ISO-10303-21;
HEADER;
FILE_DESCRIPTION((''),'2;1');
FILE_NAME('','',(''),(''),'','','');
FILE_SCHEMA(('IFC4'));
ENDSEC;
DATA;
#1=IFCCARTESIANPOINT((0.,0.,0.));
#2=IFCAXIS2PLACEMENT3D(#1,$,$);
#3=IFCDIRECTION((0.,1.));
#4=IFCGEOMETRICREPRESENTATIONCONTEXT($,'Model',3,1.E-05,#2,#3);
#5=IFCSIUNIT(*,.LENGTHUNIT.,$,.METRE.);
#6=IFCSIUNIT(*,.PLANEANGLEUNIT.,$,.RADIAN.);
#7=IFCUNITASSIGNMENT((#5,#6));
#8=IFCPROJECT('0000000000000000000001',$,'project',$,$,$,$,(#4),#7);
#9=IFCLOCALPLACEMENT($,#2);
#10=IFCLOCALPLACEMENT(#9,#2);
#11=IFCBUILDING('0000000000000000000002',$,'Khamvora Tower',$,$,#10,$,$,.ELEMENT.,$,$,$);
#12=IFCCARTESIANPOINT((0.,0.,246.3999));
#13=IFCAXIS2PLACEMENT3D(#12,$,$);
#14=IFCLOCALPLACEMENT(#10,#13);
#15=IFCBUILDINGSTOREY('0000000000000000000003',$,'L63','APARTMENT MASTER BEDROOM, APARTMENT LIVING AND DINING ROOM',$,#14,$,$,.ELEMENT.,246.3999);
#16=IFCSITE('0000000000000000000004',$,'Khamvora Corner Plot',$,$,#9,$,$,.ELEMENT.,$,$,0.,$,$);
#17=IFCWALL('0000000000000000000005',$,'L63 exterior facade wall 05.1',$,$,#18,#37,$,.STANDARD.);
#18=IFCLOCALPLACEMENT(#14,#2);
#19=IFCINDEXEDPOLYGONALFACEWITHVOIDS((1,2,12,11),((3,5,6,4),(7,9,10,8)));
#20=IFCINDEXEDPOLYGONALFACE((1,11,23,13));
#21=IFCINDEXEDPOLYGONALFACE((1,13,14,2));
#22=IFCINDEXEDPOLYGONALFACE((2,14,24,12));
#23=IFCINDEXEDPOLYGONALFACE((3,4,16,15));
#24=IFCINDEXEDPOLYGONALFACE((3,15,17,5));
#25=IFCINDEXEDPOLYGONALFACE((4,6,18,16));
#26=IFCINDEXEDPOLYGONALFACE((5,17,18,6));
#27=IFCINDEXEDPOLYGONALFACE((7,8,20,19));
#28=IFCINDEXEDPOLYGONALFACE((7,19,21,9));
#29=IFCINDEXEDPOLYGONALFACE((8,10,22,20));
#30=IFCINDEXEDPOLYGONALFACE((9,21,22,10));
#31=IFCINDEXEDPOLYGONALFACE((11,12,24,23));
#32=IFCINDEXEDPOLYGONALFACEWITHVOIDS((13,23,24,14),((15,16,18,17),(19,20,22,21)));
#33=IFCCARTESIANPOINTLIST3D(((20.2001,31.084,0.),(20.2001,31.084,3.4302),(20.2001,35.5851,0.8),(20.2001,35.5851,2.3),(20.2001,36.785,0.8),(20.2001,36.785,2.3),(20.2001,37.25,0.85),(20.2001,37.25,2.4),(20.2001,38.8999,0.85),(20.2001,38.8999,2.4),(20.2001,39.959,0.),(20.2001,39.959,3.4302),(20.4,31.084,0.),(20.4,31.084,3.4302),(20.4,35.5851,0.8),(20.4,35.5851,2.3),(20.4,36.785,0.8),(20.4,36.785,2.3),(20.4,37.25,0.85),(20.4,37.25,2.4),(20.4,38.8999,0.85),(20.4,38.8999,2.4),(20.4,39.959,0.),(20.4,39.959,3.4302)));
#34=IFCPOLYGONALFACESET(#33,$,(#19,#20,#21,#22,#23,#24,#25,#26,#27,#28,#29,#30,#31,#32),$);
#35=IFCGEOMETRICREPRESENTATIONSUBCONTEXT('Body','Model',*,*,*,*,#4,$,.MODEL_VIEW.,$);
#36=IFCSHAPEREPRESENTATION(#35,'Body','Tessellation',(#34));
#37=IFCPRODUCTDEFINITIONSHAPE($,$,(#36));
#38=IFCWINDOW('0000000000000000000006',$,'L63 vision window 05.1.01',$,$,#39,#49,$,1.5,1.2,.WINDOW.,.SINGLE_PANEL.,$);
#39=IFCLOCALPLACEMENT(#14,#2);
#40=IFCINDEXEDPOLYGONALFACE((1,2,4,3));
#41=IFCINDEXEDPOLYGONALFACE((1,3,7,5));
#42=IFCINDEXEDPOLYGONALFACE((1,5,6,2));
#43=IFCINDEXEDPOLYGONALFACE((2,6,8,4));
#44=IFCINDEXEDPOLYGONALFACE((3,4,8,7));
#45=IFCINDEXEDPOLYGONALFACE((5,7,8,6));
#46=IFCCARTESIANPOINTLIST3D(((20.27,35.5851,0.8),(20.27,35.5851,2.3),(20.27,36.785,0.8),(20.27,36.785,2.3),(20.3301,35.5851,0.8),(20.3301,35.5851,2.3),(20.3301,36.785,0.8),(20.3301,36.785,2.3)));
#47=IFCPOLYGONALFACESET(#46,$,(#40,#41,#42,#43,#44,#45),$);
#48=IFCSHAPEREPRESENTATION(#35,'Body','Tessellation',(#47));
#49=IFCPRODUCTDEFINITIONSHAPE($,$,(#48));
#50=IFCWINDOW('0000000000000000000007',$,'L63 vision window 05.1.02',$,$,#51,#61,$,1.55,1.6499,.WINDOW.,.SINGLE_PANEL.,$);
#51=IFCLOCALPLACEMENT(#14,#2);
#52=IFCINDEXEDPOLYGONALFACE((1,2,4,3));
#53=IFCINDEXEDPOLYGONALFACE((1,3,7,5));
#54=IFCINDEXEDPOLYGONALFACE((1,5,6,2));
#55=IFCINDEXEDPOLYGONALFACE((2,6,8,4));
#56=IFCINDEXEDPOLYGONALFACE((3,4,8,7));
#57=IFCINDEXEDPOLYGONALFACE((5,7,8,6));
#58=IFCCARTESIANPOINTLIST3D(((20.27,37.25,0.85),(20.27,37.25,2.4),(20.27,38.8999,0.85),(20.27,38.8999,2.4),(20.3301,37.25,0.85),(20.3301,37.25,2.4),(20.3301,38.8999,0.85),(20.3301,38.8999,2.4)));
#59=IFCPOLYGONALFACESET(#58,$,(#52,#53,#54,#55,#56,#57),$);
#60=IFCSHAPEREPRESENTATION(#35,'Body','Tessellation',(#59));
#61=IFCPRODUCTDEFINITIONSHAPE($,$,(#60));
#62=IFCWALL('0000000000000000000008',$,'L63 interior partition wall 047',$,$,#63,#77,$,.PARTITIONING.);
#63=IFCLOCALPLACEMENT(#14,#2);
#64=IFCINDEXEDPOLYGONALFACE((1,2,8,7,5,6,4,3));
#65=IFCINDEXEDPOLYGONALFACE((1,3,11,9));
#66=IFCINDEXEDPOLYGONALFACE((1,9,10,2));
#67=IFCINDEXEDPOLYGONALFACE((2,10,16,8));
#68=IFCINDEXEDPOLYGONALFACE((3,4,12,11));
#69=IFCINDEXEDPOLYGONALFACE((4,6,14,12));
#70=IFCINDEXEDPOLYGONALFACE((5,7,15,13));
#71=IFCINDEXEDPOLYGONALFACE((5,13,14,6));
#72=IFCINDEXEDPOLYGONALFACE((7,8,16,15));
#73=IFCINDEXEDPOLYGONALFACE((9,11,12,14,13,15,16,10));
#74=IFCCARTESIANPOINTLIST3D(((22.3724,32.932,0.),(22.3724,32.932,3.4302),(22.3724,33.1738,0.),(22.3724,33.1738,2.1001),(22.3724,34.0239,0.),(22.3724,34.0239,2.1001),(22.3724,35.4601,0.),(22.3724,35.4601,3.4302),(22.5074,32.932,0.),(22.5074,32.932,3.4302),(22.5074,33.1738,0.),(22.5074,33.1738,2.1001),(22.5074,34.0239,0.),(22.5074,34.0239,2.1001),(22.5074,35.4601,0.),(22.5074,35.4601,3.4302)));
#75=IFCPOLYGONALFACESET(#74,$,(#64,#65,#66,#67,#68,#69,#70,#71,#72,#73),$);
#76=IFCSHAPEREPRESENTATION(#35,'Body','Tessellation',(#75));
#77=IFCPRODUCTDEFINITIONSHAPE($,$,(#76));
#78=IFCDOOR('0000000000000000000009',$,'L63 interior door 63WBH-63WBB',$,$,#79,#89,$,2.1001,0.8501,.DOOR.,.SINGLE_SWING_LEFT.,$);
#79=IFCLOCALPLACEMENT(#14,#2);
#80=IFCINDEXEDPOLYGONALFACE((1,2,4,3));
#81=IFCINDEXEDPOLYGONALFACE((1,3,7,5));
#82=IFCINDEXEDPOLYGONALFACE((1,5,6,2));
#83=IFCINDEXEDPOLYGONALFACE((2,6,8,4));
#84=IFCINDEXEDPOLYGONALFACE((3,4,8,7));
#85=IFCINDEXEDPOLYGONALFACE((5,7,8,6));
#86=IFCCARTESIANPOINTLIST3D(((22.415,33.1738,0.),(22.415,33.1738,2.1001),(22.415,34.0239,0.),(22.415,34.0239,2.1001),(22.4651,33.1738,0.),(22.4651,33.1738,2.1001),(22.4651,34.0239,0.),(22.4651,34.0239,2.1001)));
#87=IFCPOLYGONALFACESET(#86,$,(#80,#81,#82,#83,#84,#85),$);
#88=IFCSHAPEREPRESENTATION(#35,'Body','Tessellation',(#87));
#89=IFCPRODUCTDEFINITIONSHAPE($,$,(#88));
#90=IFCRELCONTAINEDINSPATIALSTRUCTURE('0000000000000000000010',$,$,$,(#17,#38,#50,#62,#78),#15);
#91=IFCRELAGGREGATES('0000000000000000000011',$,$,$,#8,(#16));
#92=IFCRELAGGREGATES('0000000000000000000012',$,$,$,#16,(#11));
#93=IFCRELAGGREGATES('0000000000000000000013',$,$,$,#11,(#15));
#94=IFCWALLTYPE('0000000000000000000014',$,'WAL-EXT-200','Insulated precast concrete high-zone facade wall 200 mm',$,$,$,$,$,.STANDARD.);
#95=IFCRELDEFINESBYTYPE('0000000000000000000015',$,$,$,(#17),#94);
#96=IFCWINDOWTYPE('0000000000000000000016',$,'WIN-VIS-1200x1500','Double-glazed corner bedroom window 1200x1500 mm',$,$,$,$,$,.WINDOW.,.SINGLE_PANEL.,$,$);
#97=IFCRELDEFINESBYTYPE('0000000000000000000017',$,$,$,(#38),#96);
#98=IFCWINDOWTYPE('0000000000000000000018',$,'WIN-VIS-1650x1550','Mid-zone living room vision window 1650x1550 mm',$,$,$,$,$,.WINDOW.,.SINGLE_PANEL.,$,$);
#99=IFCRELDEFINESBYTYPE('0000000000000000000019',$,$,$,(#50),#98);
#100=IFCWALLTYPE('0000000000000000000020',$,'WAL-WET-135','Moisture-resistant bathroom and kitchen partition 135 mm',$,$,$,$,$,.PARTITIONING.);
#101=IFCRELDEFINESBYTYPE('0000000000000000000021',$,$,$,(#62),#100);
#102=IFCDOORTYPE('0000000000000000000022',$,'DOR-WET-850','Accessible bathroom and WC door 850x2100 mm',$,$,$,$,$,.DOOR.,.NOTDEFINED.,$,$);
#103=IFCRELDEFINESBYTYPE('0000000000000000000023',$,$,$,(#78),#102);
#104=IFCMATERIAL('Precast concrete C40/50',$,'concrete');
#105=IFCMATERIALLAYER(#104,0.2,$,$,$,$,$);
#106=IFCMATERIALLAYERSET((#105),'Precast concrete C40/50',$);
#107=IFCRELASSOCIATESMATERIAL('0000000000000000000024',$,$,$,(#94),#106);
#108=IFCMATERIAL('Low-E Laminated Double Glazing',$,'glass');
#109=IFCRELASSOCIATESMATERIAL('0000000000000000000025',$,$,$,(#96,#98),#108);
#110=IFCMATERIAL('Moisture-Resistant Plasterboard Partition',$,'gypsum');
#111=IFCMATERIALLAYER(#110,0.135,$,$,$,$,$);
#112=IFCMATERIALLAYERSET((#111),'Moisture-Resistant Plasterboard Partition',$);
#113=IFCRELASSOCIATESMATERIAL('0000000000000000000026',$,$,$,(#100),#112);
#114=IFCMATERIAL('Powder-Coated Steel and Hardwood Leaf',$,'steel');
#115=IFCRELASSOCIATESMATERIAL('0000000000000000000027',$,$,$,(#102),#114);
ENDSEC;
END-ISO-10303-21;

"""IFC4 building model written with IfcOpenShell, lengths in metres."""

from ifc_helpers import new_model, si_unit, direction, frame, frame_2d, origin, place, context, subcontext, project, spatial, rectangle, extrude, material, layer, layer_set, type_object, element, fill, save


model = new_model("IFC4")

# Units and contexts
model_context = context("Model", 3, precision=1e-05, world=origin(), true_north=direction((0.0, 1.0)))
body_context = subcontext(model_context, "Body", "Model", "MODEL_VIEW")
ifc_project = project(units=[si_unit("LENGTHUNIT", "METRE"), si_unit("PLANEANGLEUNIT", "RADIAN")], contexts=[model_context])

# Site, building, storey
site_placement = place(None, origin())
site = spatial("IfcSite", under=ifc_project, at=site_placement, Name="Khamvora Corner Plot", CompositionType="ELEMENT", RefElevation=0.0)
building_placement = place(site_placement, origin())
building = spatial("IfcBuilding", under=site, at=building_placement, Name="Khamvora Tower", CompositionType="ELEMENT")
storey_placement = place(building_placement, frame((0.0, 0.0, 246.3999)))
storey = spatial("IfcBuildingStorey", under=building, at=storey_placement, Name="L63", Description="APARTMENT MASTER BEDROOM, APARTMENT LIVING AND DINING ROOM", CompositionType="ELEMENT", Elevation=246.3999)

# Shared definitions
ifc_material_1 = material(Name="Powder-Coated Steel and Hardwood Leaf", Category="steel")

# Shared definitions
ifc_material_2 = material(Name="Precast concrete C40/50", Category="concrete")
ifc_layer_1 = layer(ifc_material_2, 0.2)
ifc_layer_set_1 = layer_set([ifc_layer_1], Name="Precast concrete C40/50")
wall_type_1 = type_object("IfcWallType", Name="WAL-EXT-200", Description="Insulated precast concrete high-zone facade wall 200 mm", PredefinedType="STANDARD", material=ifc_layer_set_1)

# Wall, openings, windows
wall_1_placement = place(storey_placement, frame((20.3, 31.084, 0.0), z_axis=(0.0, 0.0, 1.0), x_axis=(0.0, 1.0, 0.0)))
wall_1 = element("IfcWall", 1, at=wall_1_placement, inside=storey, type_object=wall_type_1, Name="L63 exterior facade wall 05.1", PredefinedType="STANDARD", context=body_context, shape_type="SweptSolid", body=[
    extrude(rectangle(XDim=8.875, YDim=0.2, at=frame_2d((4.4375, 0.0))), origin(), (0.0, 0.0, 1.0), 3.4302),
])
opening_1_placement = place(wall_1_placement, frame((4.501, 0.0, 0.8)))
opening_1 = element("IfcOpeningElement", 2, at=opening_1_placement, cuts=wall_1, PredefinedType="OPENING", context=body_context, shape_type="SweptSolid", body=[
    extrude(rectangle(XDim=1.2, YDim=1.5, at=frame_2d((0.6001, 0.75))), frame((0.0, 0.1099, 0.0), z_axis=(0.0, -1.0, 0.0), x_axis=(1.0, 0.0, 0.0)), (0.0, 0.0, 1.0), 0.22),
])
opening_2_placement = place(wall_1_placement, frame((6.166, 0.0, 0.8501)))
opening_2 = element("IfcOpeningElement", 3, at=opening_2_placement, cuts=wall_1, PredefinedType="OPENING", context=body_context, shape_type="SweptSolid", body=[
    extrude(rectangle(XDim=1.6499, YDim=1.55, at=frame_2d((0.825, 0.7749))), frame((0.0, 0.1099, 0.0), z_axis=(0.0, -1.0, 0.0), x_axis=(1.0, 0.0, 0.0)), (0.0, 0.0, 1.0), 0.22),
])
ifc_material_3 = material(Name="Low-E Laminated Double Glazing", Category="glass")
window_type_1 = type_object("IfcWindowType", Name="WIN-VIS-1200x1500", Description="Double-glazed corner bedroom window 1200x1500 mm", PartitioningType="SINGLE_PANEL", PredefinedType="WINDOW", material=ifc_material_3)
window_1_placement = place(opening_1_placement, origin())
window_1 = element("IfcWindow", 4, at=window_1_placement, inside=storey, type_object=window_type_1, Name="L63 vision window 05.1.01", OverallHeight=1.5, OverallWidth=1.2, PartitioningType="SINGLE_PANEL", PredefinedType="WINDOW", context=body_context, shape_type="SweptSolid", body=[
    extrude(rectangle(XDim=1.2, YDim=1.5, at=frame_2d((0.6001, 0.75))), frame((0.0, 0.03, 0.0), z_axis=(0.0, -1.0, 0.0), x_axis=(1.0, 0.0, 0.0)), (0.0, 0.0, 1.0), 0.0601),
])
fill(opening_1, window_1)
window_type_2 = type_object("IfcWindowType", Name="WIN-VIS-1650x1550", Description="Mid-zone living room vision window 1650x1550 mm", PartitioningType="SINGLE_PANEL", PredefinedType="WINDOW", material=ifc_material_3)
window_2_placement = place(opening_2_placement, origin())
window_2 = element("IfcWindow", 5, at=window_2_placement, inside=storey, type_object=window_type_2, Name="L63 vision window 05.1.02", OverallHeight=1.55, OverallWidth=1.6499, PartitioningType="SINGLE_PANEL", PredefinedType="WINDOW", context=body_context, shape_type="SweptSolid", body=[
    extrude(rectangle(XDim=1.6499, YDim=1.55, at=frame_2d((0.825, 0.7749))), frame((0.0, 0.03, 0.0), z_axis=(0.0, -1.0, 0.0), x_axis=(1.0, 0.0, 0.0)), (0.0, 0.0, 1.0), 0.0601),
])
fill(opening_2, window_2)

# Wall, opening, door
ifc_material_4 = material(Name="Moisture-Resistant Plasterboard Partition", Category="gypsum")
ifc_layer_2 = layer(ifc_material_4, 0.135)
ifc_layer_set_2 = layer_set([ifc_layer_2], Name="Moisture-Resistant Plasterboard Partition")
wall_type_2 = type_object("IfcWallType", Name="WAL-WET-135", Description="Moisture-resistant bathroom and kitchen partition 135 mm", PredefinedType="PARTITIONING", material=ifc_layer_set_2)
wall_2_placement = place(storey_placement, frame((22.4399, 32.9319, 0.0), z_axis=(0.0, 0.0, 1.0), x_axis=(0.0, 1.0, 0.0)))
wall_2 = element("IfcWall", 6, at=wall_2_placement, inside=storey, type_object=wall_type_2, Name="L63 interior partition wall 047", PredefinedType="PARTITIONING", context=body_context, shape_type="SweptSolid", body=[
    extrude(rectangle(XDim=2.5281, YDim=0.135, at=frame_2d((1.2642, 0.0))), origin(), (0.0, 0.0, 1.0), 3.4302),
])
opening_3_placement = place(wall_2_placement, frame((0.2419, 0.0, 0.0)))
opening_3 = element("IfcOpeningElement", 7, at=opening_3_placement, cuts=wall_2, PredefinedType="OPENING", context=body_context, shape_type="SweptSolid", body=[
    extrude(rectangle(XDim=0.8501, YDim=2.1001, at=frame_2d((0.425, 1.05))), frame((0.0, 0.0774, 0.0), z_axis=(0.0, -1.0, 0.0), x_axis=(1.0, 0.0, 0.0)), (0.0, 0.0, 1.0), 0.155),
])
door_type_1 = type_object("IfcDoorType", Name="DOR-WET-850", Description="Accessible bathroom and WC door 850x2100 mm", OperationType="NOTDEFINED", PredefinedType="DOOR", material=ifc_material_1)
door_1_placement = place(opening_3_placement, origin())
door_1 = element("IfcDoor", 8, at=door_1_placement, inside=storey, type_object=door_type_1, Name="L63 interior door 63WBH-63WBB", OperationType="SINGLE_SWING_LEFT", OverallHeight=2.1001, OverallWidth=0.8501, PredefinedType="DOOR", context=body_context, shape_type="SweptSolid", body=[
    extrude(rectangle(XDim=0.8501, YDim=2.1001, at=frame_2d((0.425, 1.05))), frame((0.0, 0.0249, 0.0), z_axis=(0.0, -1.0, 0.0), x_axis=(1.0, 0.0, 0.0)), (0.0, 0.0, 1.0), 0.05),
])
fill(opening_3, door_1)

save(model, "model.ifc")
